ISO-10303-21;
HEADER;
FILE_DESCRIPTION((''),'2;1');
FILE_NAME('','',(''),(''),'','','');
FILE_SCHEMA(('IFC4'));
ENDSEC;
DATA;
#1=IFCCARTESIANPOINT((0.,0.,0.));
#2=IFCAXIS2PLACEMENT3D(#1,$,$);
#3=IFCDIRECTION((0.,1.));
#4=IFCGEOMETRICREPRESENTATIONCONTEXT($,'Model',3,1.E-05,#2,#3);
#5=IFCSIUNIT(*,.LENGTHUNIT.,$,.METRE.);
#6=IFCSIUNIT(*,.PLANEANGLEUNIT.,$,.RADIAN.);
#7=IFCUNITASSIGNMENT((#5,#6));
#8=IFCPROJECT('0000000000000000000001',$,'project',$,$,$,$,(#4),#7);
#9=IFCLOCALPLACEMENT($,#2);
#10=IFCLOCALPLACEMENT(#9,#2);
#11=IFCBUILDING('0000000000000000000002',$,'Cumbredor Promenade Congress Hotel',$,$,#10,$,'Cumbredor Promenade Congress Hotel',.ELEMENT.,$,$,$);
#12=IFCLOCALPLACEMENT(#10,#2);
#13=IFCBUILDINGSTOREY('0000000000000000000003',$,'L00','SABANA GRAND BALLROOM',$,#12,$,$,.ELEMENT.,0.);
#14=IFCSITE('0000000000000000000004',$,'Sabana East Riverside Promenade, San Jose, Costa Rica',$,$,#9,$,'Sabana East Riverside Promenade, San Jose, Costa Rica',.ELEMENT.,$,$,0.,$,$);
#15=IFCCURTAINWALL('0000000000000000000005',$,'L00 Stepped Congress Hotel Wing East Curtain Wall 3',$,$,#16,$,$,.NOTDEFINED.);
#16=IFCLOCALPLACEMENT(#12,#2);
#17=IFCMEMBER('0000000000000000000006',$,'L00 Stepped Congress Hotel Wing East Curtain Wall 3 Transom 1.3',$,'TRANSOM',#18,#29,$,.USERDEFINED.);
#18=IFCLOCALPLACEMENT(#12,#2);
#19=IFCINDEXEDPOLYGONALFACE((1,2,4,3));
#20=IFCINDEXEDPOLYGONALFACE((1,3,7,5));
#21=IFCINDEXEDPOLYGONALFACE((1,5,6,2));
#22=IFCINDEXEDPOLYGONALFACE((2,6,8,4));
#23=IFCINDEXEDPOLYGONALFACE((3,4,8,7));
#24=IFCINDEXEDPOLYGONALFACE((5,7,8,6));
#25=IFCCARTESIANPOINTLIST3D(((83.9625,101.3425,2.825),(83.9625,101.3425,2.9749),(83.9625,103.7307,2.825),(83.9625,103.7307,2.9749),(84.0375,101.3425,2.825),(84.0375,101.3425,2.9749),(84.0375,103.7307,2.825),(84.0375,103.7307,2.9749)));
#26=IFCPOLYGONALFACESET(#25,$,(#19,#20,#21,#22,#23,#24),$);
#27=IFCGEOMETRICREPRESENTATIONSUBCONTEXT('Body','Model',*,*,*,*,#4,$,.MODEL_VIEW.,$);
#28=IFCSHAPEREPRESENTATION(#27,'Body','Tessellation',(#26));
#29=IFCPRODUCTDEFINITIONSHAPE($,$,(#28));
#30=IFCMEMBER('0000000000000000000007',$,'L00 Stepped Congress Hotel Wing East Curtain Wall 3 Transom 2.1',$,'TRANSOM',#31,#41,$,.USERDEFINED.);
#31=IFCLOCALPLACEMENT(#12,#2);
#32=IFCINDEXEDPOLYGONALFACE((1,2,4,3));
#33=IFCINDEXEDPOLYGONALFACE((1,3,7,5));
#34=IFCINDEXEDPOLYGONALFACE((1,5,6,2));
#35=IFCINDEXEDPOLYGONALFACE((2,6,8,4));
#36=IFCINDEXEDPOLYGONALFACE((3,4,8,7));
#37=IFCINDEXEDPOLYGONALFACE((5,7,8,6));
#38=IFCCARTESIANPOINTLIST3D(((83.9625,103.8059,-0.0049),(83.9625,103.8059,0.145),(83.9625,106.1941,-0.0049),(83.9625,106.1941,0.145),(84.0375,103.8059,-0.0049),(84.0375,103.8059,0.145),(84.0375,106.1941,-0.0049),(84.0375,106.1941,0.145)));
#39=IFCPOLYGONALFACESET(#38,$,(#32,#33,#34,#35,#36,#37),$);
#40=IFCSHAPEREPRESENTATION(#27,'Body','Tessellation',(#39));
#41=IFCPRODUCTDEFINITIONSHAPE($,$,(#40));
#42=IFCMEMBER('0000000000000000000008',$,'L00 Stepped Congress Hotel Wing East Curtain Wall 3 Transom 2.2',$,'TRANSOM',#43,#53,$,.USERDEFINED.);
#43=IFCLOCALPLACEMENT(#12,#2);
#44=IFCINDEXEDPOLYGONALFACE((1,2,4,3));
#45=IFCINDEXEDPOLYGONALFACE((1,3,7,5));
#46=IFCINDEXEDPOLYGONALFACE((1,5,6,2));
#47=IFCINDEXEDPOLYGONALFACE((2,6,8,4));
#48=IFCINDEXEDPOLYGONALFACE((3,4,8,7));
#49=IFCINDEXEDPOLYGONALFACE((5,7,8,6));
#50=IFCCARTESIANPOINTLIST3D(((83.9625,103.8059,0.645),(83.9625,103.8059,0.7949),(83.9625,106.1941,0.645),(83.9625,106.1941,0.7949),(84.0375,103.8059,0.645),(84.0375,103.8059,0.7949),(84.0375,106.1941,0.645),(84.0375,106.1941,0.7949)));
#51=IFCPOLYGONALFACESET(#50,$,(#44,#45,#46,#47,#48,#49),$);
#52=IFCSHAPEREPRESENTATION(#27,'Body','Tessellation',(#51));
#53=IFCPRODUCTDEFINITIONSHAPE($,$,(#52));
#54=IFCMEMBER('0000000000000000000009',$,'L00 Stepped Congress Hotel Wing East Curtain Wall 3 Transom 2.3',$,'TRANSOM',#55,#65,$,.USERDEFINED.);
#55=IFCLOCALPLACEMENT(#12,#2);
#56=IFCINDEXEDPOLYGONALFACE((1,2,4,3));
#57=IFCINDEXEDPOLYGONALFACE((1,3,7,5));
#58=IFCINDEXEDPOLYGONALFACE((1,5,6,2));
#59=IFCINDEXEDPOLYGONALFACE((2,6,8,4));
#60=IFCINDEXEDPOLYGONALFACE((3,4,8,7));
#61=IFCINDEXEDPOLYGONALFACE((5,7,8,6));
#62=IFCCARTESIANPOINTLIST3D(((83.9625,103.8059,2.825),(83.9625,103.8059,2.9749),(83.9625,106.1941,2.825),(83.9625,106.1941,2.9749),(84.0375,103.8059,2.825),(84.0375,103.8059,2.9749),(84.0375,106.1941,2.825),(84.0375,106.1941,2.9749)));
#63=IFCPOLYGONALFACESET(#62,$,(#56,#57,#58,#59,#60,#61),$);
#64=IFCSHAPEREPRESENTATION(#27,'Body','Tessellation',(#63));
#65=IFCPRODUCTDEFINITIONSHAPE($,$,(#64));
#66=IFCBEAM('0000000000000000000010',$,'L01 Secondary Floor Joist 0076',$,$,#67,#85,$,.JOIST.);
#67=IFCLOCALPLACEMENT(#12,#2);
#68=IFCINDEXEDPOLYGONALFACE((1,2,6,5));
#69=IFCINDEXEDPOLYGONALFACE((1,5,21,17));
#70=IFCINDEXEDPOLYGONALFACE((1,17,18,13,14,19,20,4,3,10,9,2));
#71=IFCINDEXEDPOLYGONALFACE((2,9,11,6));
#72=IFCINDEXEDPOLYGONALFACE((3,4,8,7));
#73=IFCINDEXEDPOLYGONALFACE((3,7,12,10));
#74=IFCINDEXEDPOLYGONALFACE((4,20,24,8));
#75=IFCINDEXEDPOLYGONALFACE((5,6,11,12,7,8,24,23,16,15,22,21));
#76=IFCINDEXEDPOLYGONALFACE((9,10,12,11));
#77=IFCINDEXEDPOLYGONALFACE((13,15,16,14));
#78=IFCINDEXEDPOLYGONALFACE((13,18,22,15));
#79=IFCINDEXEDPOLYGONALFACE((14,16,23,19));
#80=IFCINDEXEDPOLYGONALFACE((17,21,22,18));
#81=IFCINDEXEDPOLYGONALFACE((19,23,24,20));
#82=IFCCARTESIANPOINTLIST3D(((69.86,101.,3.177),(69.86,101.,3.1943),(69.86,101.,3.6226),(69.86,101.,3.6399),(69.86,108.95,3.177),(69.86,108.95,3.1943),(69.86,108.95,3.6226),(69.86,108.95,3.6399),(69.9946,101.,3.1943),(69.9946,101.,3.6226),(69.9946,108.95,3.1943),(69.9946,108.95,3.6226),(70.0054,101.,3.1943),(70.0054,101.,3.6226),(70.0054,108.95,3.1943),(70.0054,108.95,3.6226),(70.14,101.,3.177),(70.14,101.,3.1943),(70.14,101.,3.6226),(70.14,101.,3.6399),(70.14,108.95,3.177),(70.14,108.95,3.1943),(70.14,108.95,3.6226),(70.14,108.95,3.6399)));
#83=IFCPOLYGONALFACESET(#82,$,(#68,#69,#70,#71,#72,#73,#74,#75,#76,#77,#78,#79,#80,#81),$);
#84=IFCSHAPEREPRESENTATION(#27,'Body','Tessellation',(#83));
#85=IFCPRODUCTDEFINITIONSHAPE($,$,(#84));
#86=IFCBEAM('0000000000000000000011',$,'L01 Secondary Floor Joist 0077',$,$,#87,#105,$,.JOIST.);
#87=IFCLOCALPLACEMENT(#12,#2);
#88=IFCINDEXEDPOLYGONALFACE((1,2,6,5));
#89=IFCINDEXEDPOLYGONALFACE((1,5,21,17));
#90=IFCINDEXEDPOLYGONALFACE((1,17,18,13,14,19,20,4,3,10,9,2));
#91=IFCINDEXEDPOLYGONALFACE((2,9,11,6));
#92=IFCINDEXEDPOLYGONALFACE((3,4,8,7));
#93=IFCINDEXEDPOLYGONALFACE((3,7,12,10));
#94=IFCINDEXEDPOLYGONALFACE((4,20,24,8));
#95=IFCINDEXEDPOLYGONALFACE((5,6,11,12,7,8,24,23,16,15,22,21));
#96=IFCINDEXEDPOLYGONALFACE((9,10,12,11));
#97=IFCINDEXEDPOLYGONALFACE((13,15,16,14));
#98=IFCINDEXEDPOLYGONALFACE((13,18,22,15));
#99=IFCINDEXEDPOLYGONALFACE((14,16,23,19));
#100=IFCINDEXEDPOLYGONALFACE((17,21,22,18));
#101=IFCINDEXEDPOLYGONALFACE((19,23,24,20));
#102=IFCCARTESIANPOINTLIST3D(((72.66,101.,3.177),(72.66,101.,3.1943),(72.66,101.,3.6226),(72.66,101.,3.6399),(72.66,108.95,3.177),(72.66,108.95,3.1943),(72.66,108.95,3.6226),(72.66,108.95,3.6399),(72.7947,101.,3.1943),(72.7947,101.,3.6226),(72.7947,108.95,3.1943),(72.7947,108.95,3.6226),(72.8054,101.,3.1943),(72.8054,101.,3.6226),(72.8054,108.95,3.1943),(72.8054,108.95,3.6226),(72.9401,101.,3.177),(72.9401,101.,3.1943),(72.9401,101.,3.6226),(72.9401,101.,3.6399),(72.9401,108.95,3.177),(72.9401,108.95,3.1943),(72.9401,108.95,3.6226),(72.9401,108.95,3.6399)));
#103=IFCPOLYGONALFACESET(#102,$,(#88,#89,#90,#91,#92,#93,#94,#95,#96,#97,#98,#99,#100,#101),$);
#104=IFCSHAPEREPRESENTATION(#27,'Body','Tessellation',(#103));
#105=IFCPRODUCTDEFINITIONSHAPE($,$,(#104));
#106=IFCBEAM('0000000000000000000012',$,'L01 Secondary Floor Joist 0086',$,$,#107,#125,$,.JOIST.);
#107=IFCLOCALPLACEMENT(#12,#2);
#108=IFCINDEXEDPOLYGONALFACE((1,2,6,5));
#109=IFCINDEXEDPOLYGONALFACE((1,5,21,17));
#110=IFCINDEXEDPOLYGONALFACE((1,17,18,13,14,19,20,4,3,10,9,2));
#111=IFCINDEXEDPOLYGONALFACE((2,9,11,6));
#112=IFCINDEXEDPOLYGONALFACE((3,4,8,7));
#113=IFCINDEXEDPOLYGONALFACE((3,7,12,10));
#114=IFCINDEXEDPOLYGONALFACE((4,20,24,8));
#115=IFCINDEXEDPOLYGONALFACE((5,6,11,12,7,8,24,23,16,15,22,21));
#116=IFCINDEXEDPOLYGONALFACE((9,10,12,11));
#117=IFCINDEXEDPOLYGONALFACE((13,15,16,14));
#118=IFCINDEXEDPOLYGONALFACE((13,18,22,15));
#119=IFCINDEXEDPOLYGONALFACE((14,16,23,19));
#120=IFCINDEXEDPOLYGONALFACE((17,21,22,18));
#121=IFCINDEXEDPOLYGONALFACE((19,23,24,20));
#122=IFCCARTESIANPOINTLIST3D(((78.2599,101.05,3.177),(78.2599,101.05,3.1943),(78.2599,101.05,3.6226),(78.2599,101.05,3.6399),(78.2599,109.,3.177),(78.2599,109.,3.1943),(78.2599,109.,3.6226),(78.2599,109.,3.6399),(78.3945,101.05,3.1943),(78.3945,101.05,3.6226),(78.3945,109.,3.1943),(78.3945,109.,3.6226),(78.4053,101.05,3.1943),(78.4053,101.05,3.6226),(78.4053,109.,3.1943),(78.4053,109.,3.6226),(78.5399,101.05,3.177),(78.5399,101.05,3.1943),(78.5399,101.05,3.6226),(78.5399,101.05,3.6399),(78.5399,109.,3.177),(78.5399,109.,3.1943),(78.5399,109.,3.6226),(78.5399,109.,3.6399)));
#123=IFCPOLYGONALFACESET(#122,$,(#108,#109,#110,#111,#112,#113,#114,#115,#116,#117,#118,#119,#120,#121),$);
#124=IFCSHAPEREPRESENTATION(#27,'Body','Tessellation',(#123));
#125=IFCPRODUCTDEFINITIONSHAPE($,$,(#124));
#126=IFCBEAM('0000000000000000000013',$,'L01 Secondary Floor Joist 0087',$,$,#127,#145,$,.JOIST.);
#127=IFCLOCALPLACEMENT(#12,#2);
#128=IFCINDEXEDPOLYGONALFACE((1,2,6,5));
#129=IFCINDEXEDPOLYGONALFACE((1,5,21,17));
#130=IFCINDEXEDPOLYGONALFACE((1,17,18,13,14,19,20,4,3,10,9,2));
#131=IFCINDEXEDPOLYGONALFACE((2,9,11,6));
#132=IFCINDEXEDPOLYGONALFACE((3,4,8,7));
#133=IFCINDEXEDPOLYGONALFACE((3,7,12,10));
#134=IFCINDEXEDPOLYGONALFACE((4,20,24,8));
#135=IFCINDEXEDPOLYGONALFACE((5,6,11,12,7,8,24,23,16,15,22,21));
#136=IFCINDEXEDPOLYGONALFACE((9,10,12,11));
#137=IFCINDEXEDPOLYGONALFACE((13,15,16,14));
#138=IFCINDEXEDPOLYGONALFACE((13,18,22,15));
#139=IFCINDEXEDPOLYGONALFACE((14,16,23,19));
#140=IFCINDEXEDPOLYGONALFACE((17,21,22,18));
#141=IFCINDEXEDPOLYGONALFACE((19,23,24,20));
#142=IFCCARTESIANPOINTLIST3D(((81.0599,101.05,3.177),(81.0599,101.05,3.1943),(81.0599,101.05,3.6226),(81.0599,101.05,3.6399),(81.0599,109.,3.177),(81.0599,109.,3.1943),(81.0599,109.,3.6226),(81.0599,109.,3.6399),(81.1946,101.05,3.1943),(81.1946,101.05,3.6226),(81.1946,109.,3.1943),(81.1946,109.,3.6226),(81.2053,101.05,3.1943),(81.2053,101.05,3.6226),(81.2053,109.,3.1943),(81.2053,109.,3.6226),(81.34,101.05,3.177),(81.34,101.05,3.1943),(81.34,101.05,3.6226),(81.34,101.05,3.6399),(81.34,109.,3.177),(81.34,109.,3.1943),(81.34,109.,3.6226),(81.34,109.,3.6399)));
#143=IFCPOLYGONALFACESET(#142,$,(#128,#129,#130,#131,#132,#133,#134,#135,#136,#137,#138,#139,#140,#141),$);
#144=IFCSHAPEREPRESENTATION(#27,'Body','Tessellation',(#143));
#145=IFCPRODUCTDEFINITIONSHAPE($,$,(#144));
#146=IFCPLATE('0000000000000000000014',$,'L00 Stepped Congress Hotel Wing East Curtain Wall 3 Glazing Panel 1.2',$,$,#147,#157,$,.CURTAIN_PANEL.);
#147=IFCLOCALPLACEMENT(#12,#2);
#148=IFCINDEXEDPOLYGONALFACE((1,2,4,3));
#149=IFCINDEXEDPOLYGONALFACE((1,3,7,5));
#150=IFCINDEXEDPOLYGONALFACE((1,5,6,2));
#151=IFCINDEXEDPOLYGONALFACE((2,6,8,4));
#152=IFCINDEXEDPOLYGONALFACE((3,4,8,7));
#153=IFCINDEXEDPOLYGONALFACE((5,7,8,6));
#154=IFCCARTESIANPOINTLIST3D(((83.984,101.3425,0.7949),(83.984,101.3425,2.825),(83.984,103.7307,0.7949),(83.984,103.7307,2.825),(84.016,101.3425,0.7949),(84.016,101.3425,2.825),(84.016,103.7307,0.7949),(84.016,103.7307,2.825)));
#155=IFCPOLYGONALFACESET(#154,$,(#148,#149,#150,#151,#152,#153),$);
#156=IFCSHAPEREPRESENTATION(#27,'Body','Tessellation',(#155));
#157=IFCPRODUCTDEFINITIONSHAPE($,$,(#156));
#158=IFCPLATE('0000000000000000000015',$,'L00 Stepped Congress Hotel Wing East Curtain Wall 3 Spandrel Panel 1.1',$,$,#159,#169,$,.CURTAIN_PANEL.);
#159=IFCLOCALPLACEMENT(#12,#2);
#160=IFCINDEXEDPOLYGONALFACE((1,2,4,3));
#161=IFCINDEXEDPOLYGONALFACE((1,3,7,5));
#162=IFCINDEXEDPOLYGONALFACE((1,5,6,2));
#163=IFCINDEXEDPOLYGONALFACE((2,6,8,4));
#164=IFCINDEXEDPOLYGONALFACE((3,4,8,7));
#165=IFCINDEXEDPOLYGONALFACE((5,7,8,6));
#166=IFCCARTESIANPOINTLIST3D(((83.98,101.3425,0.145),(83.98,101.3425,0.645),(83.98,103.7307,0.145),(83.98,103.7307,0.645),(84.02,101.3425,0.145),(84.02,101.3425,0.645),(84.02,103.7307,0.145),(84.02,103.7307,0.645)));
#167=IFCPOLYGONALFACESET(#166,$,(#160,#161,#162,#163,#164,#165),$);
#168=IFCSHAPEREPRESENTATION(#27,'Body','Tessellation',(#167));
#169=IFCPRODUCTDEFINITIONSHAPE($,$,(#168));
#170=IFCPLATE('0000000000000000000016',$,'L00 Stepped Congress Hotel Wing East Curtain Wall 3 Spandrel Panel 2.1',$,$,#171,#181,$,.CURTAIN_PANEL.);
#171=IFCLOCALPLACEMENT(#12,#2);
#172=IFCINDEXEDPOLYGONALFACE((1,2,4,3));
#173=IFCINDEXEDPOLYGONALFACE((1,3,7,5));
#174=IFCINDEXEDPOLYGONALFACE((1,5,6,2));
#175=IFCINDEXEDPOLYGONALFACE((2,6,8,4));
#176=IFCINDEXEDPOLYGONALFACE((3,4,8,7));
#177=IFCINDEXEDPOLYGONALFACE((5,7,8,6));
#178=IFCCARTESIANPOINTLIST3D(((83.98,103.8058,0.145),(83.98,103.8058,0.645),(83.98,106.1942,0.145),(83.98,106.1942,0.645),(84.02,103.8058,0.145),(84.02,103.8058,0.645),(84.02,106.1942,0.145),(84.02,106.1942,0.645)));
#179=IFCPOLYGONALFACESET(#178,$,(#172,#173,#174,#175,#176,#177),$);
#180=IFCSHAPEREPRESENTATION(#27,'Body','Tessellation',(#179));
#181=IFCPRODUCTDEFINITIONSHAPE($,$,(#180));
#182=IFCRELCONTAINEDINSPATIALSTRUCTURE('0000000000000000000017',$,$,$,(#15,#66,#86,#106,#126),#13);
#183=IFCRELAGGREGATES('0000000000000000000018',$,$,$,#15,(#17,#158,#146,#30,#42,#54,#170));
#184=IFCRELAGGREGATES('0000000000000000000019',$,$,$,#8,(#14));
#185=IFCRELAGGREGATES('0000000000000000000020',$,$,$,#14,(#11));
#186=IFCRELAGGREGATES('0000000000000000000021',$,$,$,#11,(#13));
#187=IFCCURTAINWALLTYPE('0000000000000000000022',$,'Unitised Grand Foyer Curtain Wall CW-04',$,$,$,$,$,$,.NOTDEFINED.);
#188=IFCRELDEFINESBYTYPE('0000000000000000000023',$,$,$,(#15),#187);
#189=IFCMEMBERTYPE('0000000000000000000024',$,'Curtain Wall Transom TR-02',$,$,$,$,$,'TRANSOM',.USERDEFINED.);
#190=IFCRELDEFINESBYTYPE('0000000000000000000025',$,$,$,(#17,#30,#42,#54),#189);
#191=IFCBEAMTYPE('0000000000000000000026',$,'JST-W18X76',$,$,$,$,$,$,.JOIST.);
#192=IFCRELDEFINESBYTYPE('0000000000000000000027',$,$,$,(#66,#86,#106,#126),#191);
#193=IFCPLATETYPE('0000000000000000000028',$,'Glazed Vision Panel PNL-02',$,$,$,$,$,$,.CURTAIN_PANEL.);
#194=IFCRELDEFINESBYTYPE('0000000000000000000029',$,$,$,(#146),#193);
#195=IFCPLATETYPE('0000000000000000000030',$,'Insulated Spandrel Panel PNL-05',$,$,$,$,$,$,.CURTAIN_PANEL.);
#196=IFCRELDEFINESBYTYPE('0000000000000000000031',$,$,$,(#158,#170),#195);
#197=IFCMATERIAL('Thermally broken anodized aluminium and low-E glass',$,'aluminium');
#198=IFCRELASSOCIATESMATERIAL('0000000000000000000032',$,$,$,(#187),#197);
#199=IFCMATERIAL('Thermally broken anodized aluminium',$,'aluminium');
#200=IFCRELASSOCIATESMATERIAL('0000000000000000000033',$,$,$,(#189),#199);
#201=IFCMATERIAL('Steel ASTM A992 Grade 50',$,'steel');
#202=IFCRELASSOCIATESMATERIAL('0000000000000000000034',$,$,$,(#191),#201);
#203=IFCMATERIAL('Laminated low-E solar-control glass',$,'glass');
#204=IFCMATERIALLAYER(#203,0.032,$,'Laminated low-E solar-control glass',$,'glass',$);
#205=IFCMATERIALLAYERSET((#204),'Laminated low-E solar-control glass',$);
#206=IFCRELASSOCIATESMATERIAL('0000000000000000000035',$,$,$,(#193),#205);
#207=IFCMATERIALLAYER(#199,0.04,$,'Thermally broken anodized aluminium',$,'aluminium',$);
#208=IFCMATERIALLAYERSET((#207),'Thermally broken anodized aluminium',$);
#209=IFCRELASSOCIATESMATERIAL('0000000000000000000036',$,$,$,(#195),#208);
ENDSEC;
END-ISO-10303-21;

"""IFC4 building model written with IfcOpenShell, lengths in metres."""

from ifc_helpers import new_model, si_unit, direction, frame, origin, origin_2d, place, context, subcontext, project, spatial, rectangle, i_section, extrude, material, layer, layer_set, material_profile, profile_set, type_object, element, aggregate, save


model = new_model("IFC4")

# Units and contexts
model_context = context("Model", 3, precision=1e-05, world=origin(), true_north=direction((0.0, 1.0)))
body_context = subcontext(model_context, "Body", "Model", "MODEL_VIEW")
ifc_project = project(units=[si_unit("LENGTHUNIT", "METRE"), si_unit("PLANEANGLEUNIT", "RADIAN")], contexts=[model_context])

# Site, building, storey
site_placement = place(None, origin())
site = spatial("IfcSite", under=ifc_project, at=site_placement, Name="Sabana East Riverside Promenade, San Jose, Costa Rica", LongName="Sabana East Riverside Promenade, San Jose, Costa Rica", CompositionType="ELEMENT", RefElevation=0.0)
building_placement = place(site_placement, origin())
building = spatial("IfcBuilding", under=site, at=building_placement, Name="Cumbredor Promenade Congress Hotel", LongName="Cumbredor Promenade Congress Hotel", CompositionType="ELEMENT")
storey_placement = place(building_placement, origin())
storey = spatial("IfcBuildingStorey", under=building, at=storey_placement, Name="L00", Description="SABANA GRAND BALLROOM", CompositionType="ELEMENT", Elevation=0.0)

# Shared definitions
ifc_material_1 = material(Name="Steel ASTM A992 Grade 50", Category="steel")

# Curtain wall, members
ifc_material_2 = material(Name="Thermally broken anodized aluminium and low-E glass", Category="aluminium")
curtain_wall_type = type_object("IfcCurtainWallType", Name="Unitised Grand Foyer Curtain Wall CW-04", PredefinedType="NOTDEFINED", material=ifc_material_2)
curtain_wall_placement = place(storey_placement, origin())
curtain_wall = element("IfcCurtainWall", 1, at=curtain_wall_placement, inside=storey, type_object=curtain_wall_type, Name="L00 Stepped Congress Hotel Wing East Curtain Wall 3", PredefinedType="NOTDEFINED")
ifc_material_3 = material(Name="Thermally broken anodized aluminium", Category="aluminium")
ifc_material_profile_1 = material_profile(ifc_material_3, rectangle(XDim=0.075, YDim=0.1499, at=origin_2d()), Name="ALU TRANSOM 75x150")
ifc_profile_set_1 = profile_set([ifc_material_profile_1], Name="Thermally broken anodized aluminium")
member_type_1 = type_object("IfcMemberType", Name="Curtain Wall Transom TR-02", ElementType="TRANSOM", PredefinedType="USERDEFINED", material=ifc_profile_set_1)
member_1_placement = place(storey_placement, frame((84.0, 101.3425, 2.8999), z_axis=(0.0, 1.0, 0.0), x_axis=(-1.0, 0.0, 0.0)))
member_1 = element("IfcMember", 2, at=member_1_placement, type_object=member_type_1, Name="L00 Stepped Congress Hotel Wing East Curtain Wall 3 Transom 1.3", ObjectType="TRANSOM", PredefinedType="USERDEFINED", context=body_context, shape_type="SweptSolid", body=[
    extrude(rectangle(XDim=0.075, YDim=0.1499, at=origin_2d()), origin(), (0.0, 0.0, 1.0), 2.3882),
])
member_2_placement = place(storey_placement, frame((84.0, 103.8059, 0.0701), z_axis=(0.0, 1.0, 0.0), x_axis=(-1.0, 0.0, 0.0)))
member_2 = element("IfcMember", 3, at=member_2_placement, type_object=member_type_1, Name="L00 Stepped Congress Hotel Wing East Curtain Wall 3 Transom 2.1", ObjectType="TRANSOM", PredefinedType="USERDEFINED", context=body_context, shape_type="SweptSolid", body=[
    extrude(rectangle(XDim=0.075, YDim=0.1499, at=origin_2d()), origin(), (0.0, 0.0, 1.0), 2.3882),
])
member_3_placement = place(storey_placement, frame((84.0, 103.8059, 0.72), z_axis=(0.0, 1.0, 0.0), x_axis=(-1.0, 0.0, 0.0)))
member_3 = element("IfcMember", 4, at=member_3_placement, type_object=member_type_1, Name="L00 Stepped Congress Hotel Wing East Curtain Wall 3 Transom 2.2", ObjectType="TRANSOM", PredefinedType="USERDEFINED", context=body_context, shape_type="SweptSolid", body=[
    extrude(rectangle(XDim=0.075, YDim=0.1499, at=origin_2d()), origin(), (0.0, 0.0, 1.0), 2.3882),
])
member_4_placement = place(storey_placement, frame((84.0, 103.8059, 2.8999), z_axis=(0.0, 1.0, 0.0), x_axis=(-1.0, 0.0, 0.0)))
member_4 = element("IfcMember", 5, at=member_4_placement, type_object=member_type_1, Name="L00 Stepped Congress Hotel Wing East Curtain Wall 3 Transom 2.3", ObjectType="TRANSOM", PredefinedType="USERDEFINED", context=body_context, shape_type="SweptSolid", body=[
    extrude(rectangle(XDim=0.075, YDim=0.1499, at=origin_2d()), origin(), (0.0, 0.0, 1.0), 2.3882),
])

# Beams
ifc_material_profile_2 = material_profile(ifc_material_1, i_section(OverallWidth=0.28, OverallDepth=0.4629, WebThickness=0.0107, FlangeThickness=0.0173, at=origin_2d()), Name="W18X76")
ifc_profile_set_2 = profile_set([ifc_material_profile_2], Name="Steel ASTM A992 Grade 50")
beam_type_1 = type_object("IfcBeamType", Name="JST-W18X76", PredefinedType="JOIST", material=ifc_profile_set_2)
for number, where, z_axis, x_axis, name in (
    (6, (70.0, 101.0, 3.4084), (0.0, 1.0, 0.0), (-1.0, 0.0, 0.0), "L01 Secondary Floor Joist 0076"),
    (7, (72.8, 101.0, 3.4084), (0.0, 1.0, 0.0), (-1.0, 0.0, 0.0), "L01 Secondary Floor Joist 0077"),
    (8, (78.3999, 101.05, 3.4084), (0.0, 1.0, 0.0), (-1.0, 0.0, 0.0), "L01 Secondary Floor Joist 0086"),
    (9, (81.2, 101.05, 3.4084), (0.0, 1.0, 0.0), (-1.0, 0.0, 0.0), "L01 Secondary Floor Joist 0087"),
):
    element("IfcBeam", number, at=place(storey_placement, frame(where, z_axis=z_axis, x_axis=x_axis)), inside=storey, type_object=beam_type_1, Name=name, PredefinedType="JOIST", context=body_context, shape_type="SweptSolid", body=[
        extrude(i_section(OverallWidth=0.28, OverallDepth=0.4629, WebThickness=0.0107, FlangeThickness=0.0173, at=origin_2d()), origin(), (0.0, 0.0, 1.0), 7.95),
    ])

# Plates
ifc_material_4 = material(Name="Laminated low-E solar-control glass", Category="glass")
ifc_layer_1 = layer(ifc_material_4, 0.032, Name="Laminated low-E solar-control glass", Category="glass")
ifc_layer_set_1 = layer_set([ifc_layer_1], Name="Laminated low-E solar-control glass")
plate_type_1 = type_object("IfcPlateType", Name="Glazed Vision Panel PNL-02", PredefinedType="CURTAIN_PANEL", material=ifc_layer_set_1)
plate_1_placement = place(storey_placement, frame((84.0, 102.5366, 0.7949), z_axis=(0.0, 0.0, 1.0), x_axis=(0.0, 1.0, 0.0)))
plate_1 = element("IfcPlate", 10, at=plate_1_placement, type_object=plate_type_1, Name="L00 Stepped Congress Hotel Wing East Curtain Wall 3 Glazing Panel 1.2", PredefinedType="CURTAIN_PANEL", context=body_context, shape_type="SweptSolid", body=[
    extrude(rectangle(XDim=2.3882, YDim=0.032, at=origin_2d()), origin(), (0.0, 0.0, 1.0), 2.03),
])
ifc_layer_2 = layer(ifc_material_3, 0.04, Name="Thermally broken anodized aluminium", Category="aluminium")
ifc_layer_set_2 = layer_set([ifc_layer_2], Name="Thermally broken anodized aluminium")
plate_type_2 = type_object("IfcPlateType", Name="Insulated Spandrel Panel PNL-05", PredefinedType="CURTAIN_PANEL", material=ifc_layer_set_2)
plate_2_placement = place(storey_placement, frame((84.0, 102.5366, 0.145), z_axis=(0.0, 0.0, 1.0), x_axis=(0.0, 1.0, 0.0)))
plate_2 = element("IfcPlate", 11, at=plate_2_placement, type_object=plate_type_2, Name="L00 Stepped Congress Hotel Wing East Curtain Wall 3 Spandrel Panel 1.1", PredefinedType="CURTAIN_PANEL", context=body_context, shape_type="SweptSolid", body=[
    extrude(rectangle(XDim=2.3882, YDim=0.04, at=origin_2d()), origin(), (0.0, 0.0, 1.0), 0.5),
])
plate_3_placement = place(storey_placement, frame((84.0, 105.0, 0.145), z_axis=(0.0, 0.0, 1.0), x_axis=(0.0, 1.0, 0.0)))
plate_3 = element("IfcPlate", 12, at=plate_3_placement, type_object=plate_type_2, Name="L00 Stepped Congress Hotel Wing East Curtain Wall 3 Spandrel Panel 2.1", PredefinedType="CURTAIN_PANEL", context=body_context, shape_type="SweptSolid", body=[
    extrude(rectangle(XDim=2.3884, YDim=0.04, at=origin_2d()), origin(), (0.0, 0.0, 1.0), 0.5),
])
aggregate(curtain_wall, [member_1, plate_2, plate_1, member_2, member_3, member_4, plate_3])

save(model, "model.ifc")
